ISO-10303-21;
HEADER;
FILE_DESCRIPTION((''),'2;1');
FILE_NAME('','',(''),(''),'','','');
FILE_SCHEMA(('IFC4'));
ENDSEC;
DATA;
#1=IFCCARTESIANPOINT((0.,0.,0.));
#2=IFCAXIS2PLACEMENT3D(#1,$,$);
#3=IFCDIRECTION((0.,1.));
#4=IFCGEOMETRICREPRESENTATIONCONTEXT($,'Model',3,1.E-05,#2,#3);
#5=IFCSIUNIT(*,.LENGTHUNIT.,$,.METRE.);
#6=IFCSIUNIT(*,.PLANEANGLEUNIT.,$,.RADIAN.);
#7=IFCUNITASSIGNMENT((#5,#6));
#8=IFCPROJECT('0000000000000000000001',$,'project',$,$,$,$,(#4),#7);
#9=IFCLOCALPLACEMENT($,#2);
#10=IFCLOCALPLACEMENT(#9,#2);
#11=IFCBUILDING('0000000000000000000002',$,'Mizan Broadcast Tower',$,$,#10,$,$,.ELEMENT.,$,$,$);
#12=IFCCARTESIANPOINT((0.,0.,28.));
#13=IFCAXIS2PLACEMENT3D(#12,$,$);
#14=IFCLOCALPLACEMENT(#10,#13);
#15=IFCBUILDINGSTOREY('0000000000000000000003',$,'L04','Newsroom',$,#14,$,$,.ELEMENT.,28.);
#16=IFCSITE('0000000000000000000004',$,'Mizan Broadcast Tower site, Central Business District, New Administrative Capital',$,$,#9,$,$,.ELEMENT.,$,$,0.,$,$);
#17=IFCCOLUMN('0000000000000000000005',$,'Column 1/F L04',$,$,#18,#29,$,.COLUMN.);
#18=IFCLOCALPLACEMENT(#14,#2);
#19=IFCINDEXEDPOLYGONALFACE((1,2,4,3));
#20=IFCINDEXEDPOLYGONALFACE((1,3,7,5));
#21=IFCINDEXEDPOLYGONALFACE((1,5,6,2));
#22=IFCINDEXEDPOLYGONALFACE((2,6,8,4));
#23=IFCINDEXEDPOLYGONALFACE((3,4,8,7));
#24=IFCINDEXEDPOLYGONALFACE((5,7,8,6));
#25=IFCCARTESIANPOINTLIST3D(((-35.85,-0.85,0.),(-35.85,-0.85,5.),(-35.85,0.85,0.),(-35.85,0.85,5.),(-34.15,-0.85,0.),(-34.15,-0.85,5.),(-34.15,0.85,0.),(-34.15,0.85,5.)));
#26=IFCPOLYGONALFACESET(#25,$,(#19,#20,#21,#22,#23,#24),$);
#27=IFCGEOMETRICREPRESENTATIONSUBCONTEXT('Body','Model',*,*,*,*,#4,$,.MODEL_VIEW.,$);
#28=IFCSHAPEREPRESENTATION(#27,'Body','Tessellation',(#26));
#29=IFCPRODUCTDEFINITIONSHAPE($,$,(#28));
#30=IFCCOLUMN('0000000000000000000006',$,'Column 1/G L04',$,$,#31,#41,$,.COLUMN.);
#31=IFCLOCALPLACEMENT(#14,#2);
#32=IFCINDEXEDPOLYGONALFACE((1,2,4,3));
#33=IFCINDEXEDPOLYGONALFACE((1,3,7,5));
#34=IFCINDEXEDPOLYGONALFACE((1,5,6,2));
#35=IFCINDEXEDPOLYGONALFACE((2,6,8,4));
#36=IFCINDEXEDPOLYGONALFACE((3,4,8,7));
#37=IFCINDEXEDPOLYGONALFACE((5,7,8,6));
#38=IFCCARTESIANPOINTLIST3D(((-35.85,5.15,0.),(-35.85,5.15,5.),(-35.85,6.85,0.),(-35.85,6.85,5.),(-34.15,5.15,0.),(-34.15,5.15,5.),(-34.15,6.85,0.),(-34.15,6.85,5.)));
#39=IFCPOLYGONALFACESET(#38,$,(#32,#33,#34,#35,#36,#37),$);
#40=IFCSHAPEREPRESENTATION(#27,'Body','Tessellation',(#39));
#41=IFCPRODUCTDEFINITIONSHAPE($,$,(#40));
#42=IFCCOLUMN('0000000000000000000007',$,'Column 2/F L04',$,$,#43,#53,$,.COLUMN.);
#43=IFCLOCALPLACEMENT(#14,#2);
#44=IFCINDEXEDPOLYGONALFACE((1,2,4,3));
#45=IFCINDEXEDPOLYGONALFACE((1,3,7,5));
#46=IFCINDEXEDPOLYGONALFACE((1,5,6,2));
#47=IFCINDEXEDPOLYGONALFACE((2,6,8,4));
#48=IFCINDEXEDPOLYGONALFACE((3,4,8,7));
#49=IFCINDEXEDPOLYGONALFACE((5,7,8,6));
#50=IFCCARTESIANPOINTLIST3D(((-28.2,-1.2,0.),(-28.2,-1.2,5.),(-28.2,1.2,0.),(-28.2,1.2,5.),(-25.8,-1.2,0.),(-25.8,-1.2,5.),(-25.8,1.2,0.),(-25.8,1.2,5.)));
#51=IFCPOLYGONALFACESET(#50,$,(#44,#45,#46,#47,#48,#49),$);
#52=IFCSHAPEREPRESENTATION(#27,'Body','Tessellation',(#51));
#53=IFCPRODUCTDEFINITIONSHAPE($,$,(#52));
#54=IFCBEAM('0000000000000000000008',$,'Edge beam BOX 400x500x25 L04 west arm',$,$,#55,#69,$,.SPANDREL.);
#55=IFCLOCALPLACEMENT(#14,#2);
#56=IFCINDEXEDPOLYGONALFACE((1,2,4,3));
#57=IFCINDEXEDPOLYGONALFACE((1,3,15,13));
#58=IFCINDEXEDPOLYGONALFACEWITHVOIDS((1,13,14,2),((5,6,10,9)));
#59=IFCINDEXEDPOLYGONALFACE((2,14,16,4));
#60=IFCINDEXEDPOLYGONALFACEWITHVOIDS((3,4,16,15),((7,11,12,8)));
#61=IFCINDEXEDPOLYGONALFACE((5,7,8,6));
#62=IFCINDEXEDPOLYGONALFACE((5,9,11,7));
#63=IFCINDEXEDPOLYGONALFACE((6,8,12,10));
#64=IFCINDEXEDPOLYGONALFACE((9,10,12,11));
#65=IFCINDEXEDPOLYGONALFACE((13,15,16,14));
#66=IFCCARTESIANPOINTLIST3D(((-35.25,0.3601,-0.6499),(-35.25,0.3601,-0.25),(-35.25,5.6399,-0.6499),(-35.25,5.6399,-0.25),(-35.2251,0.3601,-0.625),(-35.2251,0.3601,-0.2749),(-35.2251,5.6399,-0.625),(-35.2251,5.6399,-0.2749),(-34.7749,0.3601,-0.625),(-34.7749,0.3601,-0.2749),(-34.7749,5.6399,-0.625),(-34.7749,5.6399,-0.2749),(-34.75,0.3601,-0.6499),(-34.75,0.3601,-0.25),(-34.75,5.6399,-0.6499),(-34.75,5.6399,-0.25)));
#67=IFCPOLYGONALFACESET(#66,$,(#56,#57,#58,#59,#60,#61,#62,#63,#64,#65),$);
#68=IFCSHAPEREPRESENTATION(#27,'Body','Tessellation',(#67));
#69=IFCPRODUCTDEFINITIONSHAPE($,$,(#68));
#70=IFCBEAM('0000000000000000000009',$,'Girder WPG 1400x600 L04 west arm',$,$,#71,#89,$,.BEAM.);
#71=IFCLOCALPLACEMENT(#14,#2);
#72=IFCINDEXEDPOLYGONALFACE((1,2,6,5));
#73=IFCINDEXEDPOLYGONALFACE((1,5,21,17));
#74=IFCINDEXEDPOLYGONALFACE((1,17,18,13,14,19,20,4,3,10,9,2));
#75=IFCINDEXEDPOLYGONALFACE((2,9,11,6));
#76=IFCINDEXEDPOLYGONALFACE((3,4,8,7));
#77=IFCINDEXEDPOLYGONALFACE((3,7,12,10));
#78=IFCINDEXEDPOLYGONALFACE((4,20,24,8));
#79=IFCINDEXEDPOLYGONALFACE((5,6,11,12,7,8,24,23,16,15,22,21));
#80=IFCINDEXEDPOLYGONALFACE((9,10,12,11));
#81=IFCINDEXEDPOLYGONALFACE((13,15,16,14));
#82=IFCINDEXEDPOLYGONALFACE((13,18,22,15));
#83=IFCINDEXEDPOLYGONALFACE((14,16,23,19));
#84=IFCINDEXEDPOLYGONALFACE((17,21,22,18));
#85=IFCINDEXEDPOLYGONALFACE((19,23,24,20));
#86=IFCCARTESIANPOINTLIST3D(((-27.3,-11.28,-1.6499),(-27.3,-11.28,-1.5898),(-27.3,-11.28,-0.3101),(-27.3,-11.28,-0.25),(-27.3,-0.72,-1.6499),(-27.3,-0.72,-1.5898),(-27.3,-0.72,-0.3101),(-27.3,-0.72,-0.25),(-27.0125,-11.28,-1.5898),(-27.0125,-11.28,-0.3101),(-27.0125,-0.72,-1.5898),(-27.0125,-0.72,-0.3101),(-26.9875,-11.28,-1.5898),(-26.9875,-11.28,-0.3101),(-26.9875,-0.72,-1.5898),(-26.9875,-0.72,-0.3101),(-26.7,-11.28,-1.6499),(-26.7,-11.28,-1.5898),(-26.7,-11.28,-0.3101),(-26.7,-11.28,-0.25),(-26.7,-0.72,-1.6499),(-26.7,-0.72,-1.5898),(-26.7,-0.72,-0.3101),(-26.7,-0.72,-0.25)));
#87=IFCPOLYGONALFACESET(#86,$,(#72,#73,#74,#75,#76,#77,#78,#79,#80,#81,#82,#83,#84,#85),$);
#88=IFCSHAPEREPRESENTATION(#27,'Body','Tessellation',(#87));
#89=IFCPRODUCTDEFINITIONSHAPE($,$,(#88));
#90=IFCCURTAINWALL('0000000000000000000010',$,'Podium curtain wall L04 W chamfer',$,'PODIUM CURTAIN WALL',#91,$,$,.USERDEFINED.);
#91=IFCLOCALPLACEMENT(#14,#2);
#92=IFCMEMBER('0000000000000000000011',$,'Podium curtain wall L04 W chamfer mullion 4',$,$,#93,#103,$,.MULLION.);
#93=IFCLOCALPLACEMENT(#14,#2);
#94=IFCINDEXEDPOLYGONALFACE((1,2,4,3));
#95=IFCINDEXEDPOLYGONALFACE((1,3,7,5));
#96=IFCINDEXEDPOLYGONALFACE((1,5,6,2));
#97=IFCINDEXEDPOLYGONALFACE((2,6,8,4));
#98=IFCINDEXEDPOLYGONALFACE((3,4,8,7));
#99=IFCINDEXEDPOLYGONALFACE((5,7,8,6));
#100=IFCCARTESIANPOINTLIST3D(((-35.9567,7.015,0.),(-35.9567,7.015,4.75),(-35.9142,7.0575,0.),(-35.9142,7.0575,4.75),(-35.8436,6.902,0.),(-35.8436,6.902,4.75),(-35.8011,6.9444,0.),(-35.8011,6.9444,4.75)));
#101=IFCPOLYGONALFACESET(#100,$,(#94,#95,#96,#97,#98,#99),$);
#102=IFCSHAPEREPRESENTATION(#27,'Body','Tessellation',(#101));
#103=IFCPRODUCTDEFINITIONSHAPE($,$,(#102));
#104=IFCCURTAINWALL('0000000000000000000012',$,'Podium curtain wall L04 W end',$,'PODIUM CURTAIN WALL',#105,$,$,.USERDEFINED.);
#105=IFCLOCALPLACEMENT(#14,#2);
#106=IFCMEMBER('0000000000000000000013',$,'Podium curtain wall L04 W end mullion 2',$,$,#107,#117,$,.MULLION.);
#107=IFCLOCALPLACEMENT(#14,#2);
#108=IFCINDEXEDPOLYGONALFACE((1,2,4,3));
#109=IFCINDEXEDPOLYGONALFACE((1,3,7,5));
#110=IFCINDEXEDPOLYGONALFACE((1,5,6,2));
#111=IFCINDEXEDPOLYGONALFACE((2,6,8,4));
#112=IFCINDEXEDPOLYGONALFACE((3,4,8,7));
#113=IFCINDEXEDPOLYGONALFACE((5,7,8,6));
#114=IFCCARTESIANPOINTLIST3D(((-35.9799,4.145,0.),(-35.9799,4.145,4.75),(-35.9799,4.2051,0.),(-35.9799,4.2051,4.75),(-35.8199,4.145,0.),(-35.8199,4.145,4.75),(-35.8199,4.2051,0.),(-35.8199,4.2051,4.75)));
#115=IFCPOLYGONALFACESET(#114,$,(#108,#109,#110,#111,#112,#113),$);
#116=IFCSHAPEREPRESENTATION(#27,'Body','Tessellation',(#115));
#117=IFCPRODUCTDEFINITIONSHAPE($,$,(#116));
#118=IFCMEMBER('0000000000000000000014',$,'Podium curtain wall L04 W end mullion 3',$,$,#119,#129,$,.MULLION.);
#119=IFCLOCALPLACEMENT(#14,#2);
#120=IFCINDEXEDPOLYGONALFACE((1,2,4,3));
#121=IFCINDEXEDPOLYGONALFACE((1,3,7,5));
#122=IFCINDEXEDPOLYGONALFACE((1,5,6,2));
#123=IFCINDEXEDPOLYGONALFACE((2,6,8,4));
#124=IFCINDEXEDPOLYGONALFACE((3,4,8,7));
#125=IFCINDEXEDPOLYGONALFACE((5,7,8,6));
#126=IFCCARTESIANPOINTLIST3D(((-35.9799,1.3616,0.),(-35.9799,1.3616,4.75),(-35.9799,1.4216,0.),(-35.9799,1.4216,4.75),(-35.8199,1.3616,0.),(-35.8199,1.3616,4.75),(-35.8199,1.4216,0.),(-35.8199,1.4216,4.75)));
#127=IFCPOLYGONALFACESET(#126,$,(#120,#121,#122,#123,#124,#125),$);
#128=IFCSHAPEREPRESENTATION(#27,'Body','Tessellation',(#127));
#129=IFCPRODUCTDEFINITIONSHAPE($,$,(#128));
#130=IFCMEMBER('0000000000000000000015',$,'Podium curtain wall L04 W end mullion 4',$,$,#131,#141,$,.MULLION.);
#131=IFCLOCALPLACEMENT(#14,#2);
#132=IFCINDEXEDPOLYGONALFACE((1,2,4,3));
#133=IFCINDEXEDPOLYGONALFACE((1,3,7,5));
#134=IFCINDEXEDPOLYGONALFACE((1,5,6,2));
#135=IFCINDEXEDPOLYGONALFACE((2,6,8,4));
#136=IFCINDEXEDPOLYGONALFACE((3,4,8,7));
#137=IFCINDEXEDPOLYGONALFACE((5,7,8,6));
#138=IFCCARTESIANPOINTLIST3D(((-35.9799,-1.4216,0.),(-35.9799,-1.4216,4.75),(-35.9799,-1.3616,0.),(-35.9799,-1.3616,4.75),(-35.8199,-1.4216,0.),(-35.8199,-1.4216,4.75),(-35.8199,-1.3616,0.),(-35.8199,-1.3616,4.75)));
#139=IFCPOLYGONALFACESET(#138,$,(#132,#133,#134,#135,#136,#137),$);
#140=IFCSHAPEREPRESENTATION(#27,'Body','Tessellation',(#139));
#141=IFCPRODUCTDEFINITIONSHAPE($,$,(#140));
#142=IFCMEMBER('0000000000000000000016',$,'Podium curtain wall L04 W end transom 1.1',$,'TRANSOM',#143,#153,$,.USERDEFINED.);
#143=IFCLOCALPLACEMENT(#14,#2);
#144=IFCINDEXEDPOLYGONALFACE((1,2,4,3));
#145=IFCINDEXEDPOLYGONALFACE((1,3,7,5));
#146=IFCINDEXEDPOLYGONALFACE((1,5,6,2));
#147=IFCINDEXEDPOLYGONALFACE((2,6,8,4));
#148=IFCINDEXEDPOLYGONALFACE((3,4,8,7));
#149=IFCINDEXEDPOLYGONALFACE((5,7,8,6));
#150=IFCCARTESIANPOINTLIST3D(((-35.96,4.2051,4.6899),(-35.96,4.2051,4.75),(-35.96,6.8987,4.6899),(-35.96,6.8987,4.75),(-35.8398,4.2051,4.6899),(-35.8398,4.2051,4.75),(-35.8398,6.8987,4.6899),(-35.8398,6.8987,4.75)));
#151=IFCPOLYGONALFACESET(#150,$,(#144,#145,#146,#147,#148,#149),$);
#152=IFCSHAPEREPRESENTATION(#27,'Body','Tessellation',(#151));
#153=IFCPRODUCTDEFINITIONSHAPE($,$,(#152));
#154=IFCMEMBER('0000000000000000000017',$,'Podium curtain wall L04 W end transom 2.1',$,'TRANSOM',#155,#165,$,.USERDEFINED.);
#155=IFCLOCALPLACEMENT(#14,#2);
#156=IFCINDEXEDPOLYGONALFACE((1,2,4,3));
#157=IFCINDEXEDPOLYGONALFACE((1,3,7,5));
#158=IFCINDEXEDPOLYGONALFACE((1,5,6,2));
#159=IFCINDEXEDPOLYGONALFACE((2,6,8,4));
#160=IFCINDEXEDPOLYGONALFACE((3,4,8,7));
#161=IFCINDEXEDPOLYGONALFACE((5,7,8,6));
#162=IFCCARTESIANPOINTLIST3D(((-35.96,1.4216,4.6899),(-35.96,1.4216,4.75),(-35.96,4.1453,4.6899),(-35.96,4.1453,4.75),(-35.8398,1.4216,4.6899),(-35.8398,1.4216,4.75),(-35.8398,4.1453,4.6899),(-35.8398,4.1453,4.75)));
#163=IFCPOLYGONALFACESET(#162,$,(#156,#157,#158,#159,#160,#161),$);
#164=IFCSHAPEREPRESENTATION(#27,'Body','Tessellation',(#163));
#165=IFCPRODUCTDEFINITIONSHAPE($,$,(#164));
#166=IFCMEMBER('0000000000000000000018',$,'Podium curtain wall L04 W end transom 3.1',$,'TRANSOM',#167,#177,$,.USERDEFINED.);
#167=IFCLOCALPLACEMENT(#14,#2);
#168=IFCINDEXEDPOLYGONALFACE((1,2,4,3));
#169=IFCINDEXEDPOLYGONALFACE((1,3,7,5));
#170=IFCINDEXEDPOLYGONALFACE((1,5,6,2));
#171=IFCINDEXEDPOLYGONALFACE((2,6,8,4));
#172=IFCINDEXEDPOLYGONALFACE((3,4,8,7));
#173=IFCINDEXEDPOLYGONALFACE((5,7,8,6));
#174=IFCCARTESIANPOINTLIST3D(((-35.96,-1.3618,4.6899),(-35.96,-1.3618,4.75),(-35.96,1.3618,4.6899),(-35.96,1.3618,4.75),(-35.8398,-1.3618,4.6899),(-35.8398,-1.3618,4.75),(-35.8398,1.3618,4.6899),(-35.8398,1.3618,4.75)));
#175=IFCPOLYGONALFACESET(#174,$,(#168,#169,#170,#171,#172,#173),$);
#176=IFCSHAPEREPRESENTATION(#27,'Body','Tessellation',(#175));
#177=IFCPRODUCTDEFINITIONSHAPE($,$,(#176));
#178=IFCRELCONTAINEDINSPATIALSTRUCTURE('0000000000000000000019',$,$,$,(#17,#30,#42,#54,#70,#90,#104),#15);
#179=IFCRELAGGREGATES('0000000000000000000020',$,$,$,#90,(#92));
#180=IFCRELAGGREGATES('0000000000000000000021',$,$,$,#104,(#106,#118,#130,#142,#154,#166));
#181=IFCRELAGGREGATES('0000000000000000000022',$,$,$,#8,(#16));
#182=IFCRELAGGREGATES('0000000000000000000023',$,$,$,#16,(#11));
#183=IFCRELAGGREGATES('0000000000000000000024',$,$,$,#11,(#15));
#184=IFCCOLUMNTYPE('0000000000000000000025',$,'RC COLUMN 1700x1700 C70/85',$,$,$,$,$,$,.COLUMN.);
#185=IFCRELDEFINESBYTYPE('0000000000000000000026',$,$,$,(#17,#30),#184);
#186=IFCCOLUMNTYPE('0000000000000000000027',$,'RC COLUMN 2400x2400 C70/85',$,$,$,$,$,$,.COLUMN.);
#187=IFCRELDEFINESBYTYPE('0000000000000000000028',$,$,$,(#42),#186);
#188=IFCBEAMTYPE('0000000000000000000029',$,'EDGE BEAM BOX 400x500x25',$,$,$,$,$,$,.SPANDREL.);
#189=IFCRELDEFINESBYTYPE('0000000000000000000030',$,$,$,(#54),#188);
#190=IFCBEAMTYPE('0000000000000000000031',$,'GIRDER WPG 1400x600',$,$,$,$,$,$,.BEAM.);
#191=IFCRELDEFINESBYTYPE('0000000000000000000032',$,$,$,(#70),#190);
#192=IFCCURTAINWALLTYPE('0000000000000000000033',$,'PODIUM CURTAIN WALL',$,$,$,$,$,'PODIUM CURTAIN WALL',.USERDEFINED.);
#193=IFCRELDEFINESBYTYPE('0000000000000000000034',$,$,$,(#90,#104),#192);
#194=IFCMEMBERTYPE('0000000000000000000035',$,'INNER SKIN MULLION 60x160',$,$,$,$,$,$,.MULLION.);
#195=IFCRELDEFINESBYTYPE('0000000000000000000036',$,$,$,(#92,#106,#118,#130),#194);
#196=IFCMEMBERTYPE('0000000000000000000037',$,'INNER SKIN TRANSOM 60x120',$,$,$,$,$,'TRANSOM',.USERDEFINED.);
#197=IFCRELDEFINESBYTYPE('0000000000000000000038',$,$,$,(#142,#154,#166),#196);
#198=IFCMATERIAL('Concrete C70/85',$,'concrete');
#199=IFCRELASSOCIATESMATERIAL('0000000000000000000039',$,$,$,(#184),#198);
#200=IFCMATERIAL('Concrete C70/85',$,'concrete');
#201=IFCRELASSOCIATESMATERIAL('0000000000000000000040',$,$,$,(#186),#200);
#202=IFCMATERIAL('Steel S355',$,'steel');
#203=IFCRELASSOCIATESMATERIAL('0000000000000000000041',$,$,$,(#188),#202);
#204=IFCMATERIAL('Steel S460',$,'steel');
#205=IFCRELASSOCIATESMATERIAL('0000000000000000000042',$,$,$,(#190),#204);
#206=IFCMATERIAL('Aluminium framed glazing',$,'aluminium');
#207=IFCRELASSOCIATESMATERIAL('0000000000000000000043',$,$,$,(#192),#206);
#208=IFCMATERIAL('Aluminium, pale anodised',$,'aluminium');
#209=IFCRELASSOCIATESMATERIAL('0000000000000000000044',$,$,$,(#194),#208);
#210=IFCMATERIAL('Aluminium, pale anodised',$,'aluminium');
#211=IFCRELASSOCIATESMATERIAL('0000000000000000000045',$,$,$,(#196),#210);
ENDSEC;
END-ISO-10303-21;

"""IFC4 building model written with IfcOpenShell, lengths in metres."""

from ifc_helpers import new_model, si_unit, direction, frame, origin, origin_2d, place, context, subcontext, project, spatial, rectangle, hollow_rectangle, i_section, extrude, material, material_profile, profile_set, type_object, element, aggregate, save


model = new_model("IFC4")

# Units and contexts
model_context = context("Model", 3, precision=1e-05, world=origin(), true_north=direction((0.0, 1.0)))
body_context = subcontext(model_context, "Body", "Model", "MODEL_VIEW")
ifc_project = project(units=[si_unit("LENGTHUNIT", "METRE"), si_unit("PLANEANGLEUNIT", "RADIAN")], contexts=[model_context])

# Site, building, storey
site_placement = place(None, origin())
site = spatial("IfcSite", under=ifc_project, at=site_placement, Name="Mizan Broadcast Tower site, Central Business District, New Administrative Capital", CompositionType="ELEMENT", RefElevation=0.0)
building_placement = place(site_placement, origin())
building = spatial("IfcBuilding", under=site, at=building_placement, Name="Mizan Broadcast Tower", CompositionType="ELEMENT")
storey_placement = place(building_placement, frame((0.0, 0.0, 28.0)))
storey = spatial("IfcBuildingStorey", under=building, at=storey_placement, Name="L04", Description="Newsroom", CompositionType="ELEMENT", Elevation=28.0)

# Columns
ifc_material_1 = material(Name="Concrete C70/85", Category="concrete")
ifc_material_profile_1 = material_profile(ifc_material_1, rectangle(XDim=1.7, YDim=1.7, at=origin_2d()), Name="RC 1700x1700")
ifc_profile_set_1 = profile_set([ifc_material_profile_1], Name="Concrete C70/85")
column_type_1 = type_object("IfcColumnType", Name="RC COLUMN 1700x1700 C70/85", PredefinedType="COLUMN", material=ifc_profile_set_1)
for number, where, z_axis, x_axis, name in (
    (1, (-35.0, 0.0, 0.0), (0.0, 0.0, 1.0), (1.0, 0.0, 0.0), "Column 1/F L04"),
    (2, (-35.0, 6.0, 0.0), (0.0, 0.0, 1.0), (1.0, 0.0, 0.0), "Column 1/G L04"),
):
    element("IfcColumn", number, at=place(storey_placement, frame(where, z_axis=z_axis, x_axis=x_axis)), inside=storey, type_object=column_type_1, Name=name, PredefinedType="COLUMN", context=body_context, shape_type="SweptSolid", body=[
        extrude(rectangle(XDim=1.7, YDim=1.7, at=origin_2d()), origin(), (0.0, 0.0, 1.0), 5.0),
    ])
ifc_material_2 = material(Name="Concrete C70/85", Category="concrete")
ifc_material_profile_2 = material_profile(ifc_material_2, rectangle(XDim=2.3999, YDim=2.3999, at=origin_2d()), Name="RC 2400x2400")
ifc_profile_set_2 = profile_set([ifc_material_profile_2], Name="Concrete C70/85")
column_type_2 = type_object("IfcColumnType", Name="RC COLUMN 2400x2400 C70/85", PredefinedType="COLUMN", material=ifc_profile_set_2)
column_placement = place(storey_placement, frame((-27.0, 0.0, 0.0), z_axis=(0.0, 0.0, 1.0), x_axis=(1.0, 0.0, 0.0)))
element("IfcColumn", 3, at=column_placement, inside=storey, type_object=column_type_2, Name="Column 2/F L04", PredefinedType="COLUMN", context=body_context, shape_type="SweptSolid", body=[
    extrude(rectangle(XDim=2.3999, YDim=2.3999, at=origin_2d()), origin(), (0.0, 0.0, 1.0), 5.0),
])

# Beams
ifc_material_3 = material(Name="Steel S355", Category="steel")
ifc_material_profile_3 = material_profile(ifc_material_3, hollow_rectangle(XDim=0.5, YDim=0.3999, WallThickness=0.0249, at=origin_2d()), Name="BOX 400x500x25")
ifc_profile_set_3 = profile_set([ifc_material_profile_3], Name="Steel S355")
beam_type_1 = type_object("IfcBeamType", Name="EDGE BEAM BOX 400x500x25", PredefinedType="SPANDREL", material=ifc_profile_set_3)
beam_1_placement = place(storey_placement, frame((-35.0, 5.6399, -0.45), z_axis=(0.0, -1.0, 0.0), x_axis=(1.0, 0.0, 0.0)))
element("IfcBeam", 4, at=beam_1_placement, inside=storey, type_object=beam_type_1, Name="Edge beam BOX 400x500x25 L04 west arm", PredefinedType="SPANDREL", context=body_context, shape_type="SweptSolid", body=[
    extrude(hollow_rectangle(XDim=0.5, YDim=0.3999, WallThickness=0.0249, at=origin_2d()), origin(), (0.0, 0.0, 1.0), 5.2798),
])
ifc_material_4 = material(Name="Steel S460", Category="steel")
ifc_material_profile_4 = material_profile(ifc_material_4, i_section(OverallWidth=0.6001, OverallDepth=1.3999, WebThickness=0.0249, FlangeThickness=0.0601, at=origin_2d()), Name="WPG 1400x600")
ifc_profile_set_4 = profile_set([ifc_material_profile_4], Name="Steel S460")
beam_type_2 = type_object("IfcBeamType", Name="GIRDER WPG 1400x600", PredefinedType="BEAM", material=ifc_profile_set_4)
beam_2_placement = place(storey_placement, frame((-27.0, -0.72, -0.95), z_axis=(0.0, -1.0, 0.0), x_axis=(1.0, 0.0, 0.0)))
element("IfcBeam", 5, at=beam_2_placement, inside=storey, type_object=beam_type_2, Name="Girder WPG 1400x600 L04 west arm", PredefinedType="BEAM", context=body_context, shape_type="SweptSolid", body=[
    extrude(i_section(OverallWidth=0.6001, OverallDepth=1.3999, WebThickness=0.0249, FlangeThickness=0.0601, at=origin_2d()), origin(), (0.0, 0.0, 1.0), 10.5601),
])

# Curtain wall, member
ifc_material_5 = material(Name="Aluminium framed glazing", Category="aluminium")
curtain_wall_type_1 = type_object("IfcCurtainWallType", Name="PODIUM CURTAIN WALL", ElementType="PODIUM CURTAIN WALL", PredefinedType="USERDEFINED", material=ifc_material_5)
curtain_wall_1_placement = place(storey_placement, origin())
curtain_wall_1 = element("IfcCurtainWall", 6, at=curtain_wall_1_placement, inside=storey, type_object=curtain_wall_type_1, Name="Podium curtain wall L04 W chamfer", ObjectType="PODIUM CURTAIN WALL", PredefinedType="USERDEFINED")
ifc_material_6 = material(Name="Aluminium, pale anodised", Category="aluminium")
ifc_material_profile_5 = material_profile(ifc_material_6, rectangle(XDim=0.1599, YDim=0.0601, at=origin_2d()), Name="MULLION 160x60")
ifc_profile_set_5 = profile_set([ifc_material_profile_5], Name="Aluminium, pale anodised")
member_type_1 = type_object("IfcMemberType", Name="INNER SKIN MULLION 60x160", PredefinedType="MULLION", material=ifc_profile_set_5)
member_1_placement = place(storey_placement, frame((-35.8789, 6.9797, 0.0), z_axis=(0.0, 0.0, 1.0), x_axis=(0.707107, -0.707107, 0.0)))
member_1 = element("IfcMember", 7, at=member_1_placement, type_object=member_type_1, Name="Podium curtain wall L04 W chamfer mullion 4", PredefinedType="MULLION", context=body_context, shape_type="SweptSolid", body=[
    extrude(rectangle(XDim=0.1599, YDim=0.0601, at=origin_2d()), origin(), (0.0, 0.0, 1.0), 4.75),
])
aggregate(curtain_wall_1, [member_1])

# Curtain wall, members
curtain_wall_2_placement = place(storey_placement, origin())
curtain_wall_2 = element("IfcCurtainWall", 8, at=curtain_wall_2_placement, inside=storey, type_object=curtain_wall_type_1, Name="Podium curtain wall L04 W end", ObjectType="PODIUM CURTAIN WALL", PredefinedType="USERDEFINED")
member_2_placement = place(storey_placement, frame((-35.8999, 4.175, 0.0), z_axis=(0.0, 0.0, 1.0), x_axis=(1.0, 0.0, 0.0)))
member_2 = element("IfcMember", 9, at=member_2_placement, type_object=member_type_1, Name="Podium curtain wall L04 W end mullion 2", PredefinedType="MULLION", context=body_context, shape_type="SweptSolid", body=[
    extrude(rectangle(XDim=0.1599, YDim=0.0601, at=origin_2d()), origin(), (0.0, 0.0, 1.0), 4.75),
])
member_3_placement = place(storey_placement, frame((-35.8999, 1.3916, 0.0), z_axis=(0.0, 0.0, 1.0), x_axis=(1.0, 0.0, 0.0)))
member_3 = element("IfcMember", 10, at=member_3_placement, type_object=member_type_1, Name="Podium curtain wall L04 W end mullion 3", PredefinedType="MULLION", context=body_context, shape_type="SweptSolid", body=[
    extrude(rectangle(XDim=0.1599, YDim=0.0601, at=origin_2d()), origin(), (0.0, 0.0, 1.0), 4.75),
])
member_4_placement = place(storey_placement, frame((-35.8999, -1.3916, 0.0), z_axis=(0.0, 0.0, 1.0), x_axis=(1.0, 0.0, 0.0)))
member_4 = element("IfcMember", 11, at=member_4_placement, type_object=member_type_1, Name="Podium curtain wall L04 W end mullion 4", PredefinedType="MULLION", context=body_context, shape_type="SweptSolid", body=[
    extrude(rectangle(XDim=0.1599, YDim=0.0601, at=origin_2d()), origin(), (0.0, 0.0, 1.0), 4.75),
])
ifc_material_7 = material(Name="Aluminium, pale anodised", Category="aluminium")
ifc_material_profile_6 = material_profile(ifc_material_7, rectangle(XDim=0.1201, YDim=0.0601, at=origin_2d()), Name="TRANSOM 120x60")
ifc_profile_set_6 = profile_set([ifc_material_profile_6], Name="Aluminium, pale anodised")
member_type_2 = type_object("IfcMemberType", Name="INNER SKIN TRANSOM 60x120", ElementType="TRANSOM", PredefinedType="USERDEFINED", material=ifc_profile_set_6)
member_5_placement = place(storey_placement, frame((-35.8999, 6.8987, 4.72), z_axis=(0.0, -1.0, 0.0), x_axis=(1.0, 0.0, 0.0)))
member_5 = element("IfcMember", 12, at=member_5_placement, type_object=member_type_2, Name="Podium curtain wall L04 W end transom 1.1", ObjectType="TRANSOM", PredefinedType="USERDEFINED", context=body_context, shape_type="SweptSolid", body=[
    extrude(rectangle(XDim=0.1201, YDim=0.0601, at=origin_2d()), origin(), (0.0, 0.0, 1.0), 2.6936),
])
member_6_placement = place(storey_placement, frame((-35.8999, 4.1453, 4.72), z_axis=(0.0, -1.0, 0.0), x_axis=(1.0, 0.0, 0.0)))
member_6 = element("IfcMember", 13, at=member_6_placement, type_object=member_type_2, Name="Podium curtain wall L04 W end transom 2.1", ObjectType="TRANSOM", PredefinedType="USERDEFINED", context=body_context, shape_type="SweptSolid", body=[
    extrude(rectangle(XDim=0.1201, YDim=0.0601, at=origin_2d()), origin(), (0.0, 0.0, 1.0), 2.7236),
])
member_7_placement = place(storey_placement, frame((-35.8999, 1.3618, 4.72), z_axis=(0.0, -1.0, 0.0), x_axis=(1.0, 0.0, 0.0)))
member_7 = element("IfcMember", 14, at=member_7_placement, type_object=member_type_2, Name="Podium curtain wall L04 W end transom 3.1", ObjectType="TRANSOM", PredefinedType="USERDEFINED", context=body_context, shape_type="SweptSolid", body=[
    extrude(rectangle(XDim=0.1201, YDim=0.0601, at=origin_2d()), origin(), (0.0, 0.0, 1.0), 2.7236),
])

aggregate(curtain_wall_2, [member_2, member_3, member_4, member_5, member_6, member_7])

save(model, "model.ifc")
